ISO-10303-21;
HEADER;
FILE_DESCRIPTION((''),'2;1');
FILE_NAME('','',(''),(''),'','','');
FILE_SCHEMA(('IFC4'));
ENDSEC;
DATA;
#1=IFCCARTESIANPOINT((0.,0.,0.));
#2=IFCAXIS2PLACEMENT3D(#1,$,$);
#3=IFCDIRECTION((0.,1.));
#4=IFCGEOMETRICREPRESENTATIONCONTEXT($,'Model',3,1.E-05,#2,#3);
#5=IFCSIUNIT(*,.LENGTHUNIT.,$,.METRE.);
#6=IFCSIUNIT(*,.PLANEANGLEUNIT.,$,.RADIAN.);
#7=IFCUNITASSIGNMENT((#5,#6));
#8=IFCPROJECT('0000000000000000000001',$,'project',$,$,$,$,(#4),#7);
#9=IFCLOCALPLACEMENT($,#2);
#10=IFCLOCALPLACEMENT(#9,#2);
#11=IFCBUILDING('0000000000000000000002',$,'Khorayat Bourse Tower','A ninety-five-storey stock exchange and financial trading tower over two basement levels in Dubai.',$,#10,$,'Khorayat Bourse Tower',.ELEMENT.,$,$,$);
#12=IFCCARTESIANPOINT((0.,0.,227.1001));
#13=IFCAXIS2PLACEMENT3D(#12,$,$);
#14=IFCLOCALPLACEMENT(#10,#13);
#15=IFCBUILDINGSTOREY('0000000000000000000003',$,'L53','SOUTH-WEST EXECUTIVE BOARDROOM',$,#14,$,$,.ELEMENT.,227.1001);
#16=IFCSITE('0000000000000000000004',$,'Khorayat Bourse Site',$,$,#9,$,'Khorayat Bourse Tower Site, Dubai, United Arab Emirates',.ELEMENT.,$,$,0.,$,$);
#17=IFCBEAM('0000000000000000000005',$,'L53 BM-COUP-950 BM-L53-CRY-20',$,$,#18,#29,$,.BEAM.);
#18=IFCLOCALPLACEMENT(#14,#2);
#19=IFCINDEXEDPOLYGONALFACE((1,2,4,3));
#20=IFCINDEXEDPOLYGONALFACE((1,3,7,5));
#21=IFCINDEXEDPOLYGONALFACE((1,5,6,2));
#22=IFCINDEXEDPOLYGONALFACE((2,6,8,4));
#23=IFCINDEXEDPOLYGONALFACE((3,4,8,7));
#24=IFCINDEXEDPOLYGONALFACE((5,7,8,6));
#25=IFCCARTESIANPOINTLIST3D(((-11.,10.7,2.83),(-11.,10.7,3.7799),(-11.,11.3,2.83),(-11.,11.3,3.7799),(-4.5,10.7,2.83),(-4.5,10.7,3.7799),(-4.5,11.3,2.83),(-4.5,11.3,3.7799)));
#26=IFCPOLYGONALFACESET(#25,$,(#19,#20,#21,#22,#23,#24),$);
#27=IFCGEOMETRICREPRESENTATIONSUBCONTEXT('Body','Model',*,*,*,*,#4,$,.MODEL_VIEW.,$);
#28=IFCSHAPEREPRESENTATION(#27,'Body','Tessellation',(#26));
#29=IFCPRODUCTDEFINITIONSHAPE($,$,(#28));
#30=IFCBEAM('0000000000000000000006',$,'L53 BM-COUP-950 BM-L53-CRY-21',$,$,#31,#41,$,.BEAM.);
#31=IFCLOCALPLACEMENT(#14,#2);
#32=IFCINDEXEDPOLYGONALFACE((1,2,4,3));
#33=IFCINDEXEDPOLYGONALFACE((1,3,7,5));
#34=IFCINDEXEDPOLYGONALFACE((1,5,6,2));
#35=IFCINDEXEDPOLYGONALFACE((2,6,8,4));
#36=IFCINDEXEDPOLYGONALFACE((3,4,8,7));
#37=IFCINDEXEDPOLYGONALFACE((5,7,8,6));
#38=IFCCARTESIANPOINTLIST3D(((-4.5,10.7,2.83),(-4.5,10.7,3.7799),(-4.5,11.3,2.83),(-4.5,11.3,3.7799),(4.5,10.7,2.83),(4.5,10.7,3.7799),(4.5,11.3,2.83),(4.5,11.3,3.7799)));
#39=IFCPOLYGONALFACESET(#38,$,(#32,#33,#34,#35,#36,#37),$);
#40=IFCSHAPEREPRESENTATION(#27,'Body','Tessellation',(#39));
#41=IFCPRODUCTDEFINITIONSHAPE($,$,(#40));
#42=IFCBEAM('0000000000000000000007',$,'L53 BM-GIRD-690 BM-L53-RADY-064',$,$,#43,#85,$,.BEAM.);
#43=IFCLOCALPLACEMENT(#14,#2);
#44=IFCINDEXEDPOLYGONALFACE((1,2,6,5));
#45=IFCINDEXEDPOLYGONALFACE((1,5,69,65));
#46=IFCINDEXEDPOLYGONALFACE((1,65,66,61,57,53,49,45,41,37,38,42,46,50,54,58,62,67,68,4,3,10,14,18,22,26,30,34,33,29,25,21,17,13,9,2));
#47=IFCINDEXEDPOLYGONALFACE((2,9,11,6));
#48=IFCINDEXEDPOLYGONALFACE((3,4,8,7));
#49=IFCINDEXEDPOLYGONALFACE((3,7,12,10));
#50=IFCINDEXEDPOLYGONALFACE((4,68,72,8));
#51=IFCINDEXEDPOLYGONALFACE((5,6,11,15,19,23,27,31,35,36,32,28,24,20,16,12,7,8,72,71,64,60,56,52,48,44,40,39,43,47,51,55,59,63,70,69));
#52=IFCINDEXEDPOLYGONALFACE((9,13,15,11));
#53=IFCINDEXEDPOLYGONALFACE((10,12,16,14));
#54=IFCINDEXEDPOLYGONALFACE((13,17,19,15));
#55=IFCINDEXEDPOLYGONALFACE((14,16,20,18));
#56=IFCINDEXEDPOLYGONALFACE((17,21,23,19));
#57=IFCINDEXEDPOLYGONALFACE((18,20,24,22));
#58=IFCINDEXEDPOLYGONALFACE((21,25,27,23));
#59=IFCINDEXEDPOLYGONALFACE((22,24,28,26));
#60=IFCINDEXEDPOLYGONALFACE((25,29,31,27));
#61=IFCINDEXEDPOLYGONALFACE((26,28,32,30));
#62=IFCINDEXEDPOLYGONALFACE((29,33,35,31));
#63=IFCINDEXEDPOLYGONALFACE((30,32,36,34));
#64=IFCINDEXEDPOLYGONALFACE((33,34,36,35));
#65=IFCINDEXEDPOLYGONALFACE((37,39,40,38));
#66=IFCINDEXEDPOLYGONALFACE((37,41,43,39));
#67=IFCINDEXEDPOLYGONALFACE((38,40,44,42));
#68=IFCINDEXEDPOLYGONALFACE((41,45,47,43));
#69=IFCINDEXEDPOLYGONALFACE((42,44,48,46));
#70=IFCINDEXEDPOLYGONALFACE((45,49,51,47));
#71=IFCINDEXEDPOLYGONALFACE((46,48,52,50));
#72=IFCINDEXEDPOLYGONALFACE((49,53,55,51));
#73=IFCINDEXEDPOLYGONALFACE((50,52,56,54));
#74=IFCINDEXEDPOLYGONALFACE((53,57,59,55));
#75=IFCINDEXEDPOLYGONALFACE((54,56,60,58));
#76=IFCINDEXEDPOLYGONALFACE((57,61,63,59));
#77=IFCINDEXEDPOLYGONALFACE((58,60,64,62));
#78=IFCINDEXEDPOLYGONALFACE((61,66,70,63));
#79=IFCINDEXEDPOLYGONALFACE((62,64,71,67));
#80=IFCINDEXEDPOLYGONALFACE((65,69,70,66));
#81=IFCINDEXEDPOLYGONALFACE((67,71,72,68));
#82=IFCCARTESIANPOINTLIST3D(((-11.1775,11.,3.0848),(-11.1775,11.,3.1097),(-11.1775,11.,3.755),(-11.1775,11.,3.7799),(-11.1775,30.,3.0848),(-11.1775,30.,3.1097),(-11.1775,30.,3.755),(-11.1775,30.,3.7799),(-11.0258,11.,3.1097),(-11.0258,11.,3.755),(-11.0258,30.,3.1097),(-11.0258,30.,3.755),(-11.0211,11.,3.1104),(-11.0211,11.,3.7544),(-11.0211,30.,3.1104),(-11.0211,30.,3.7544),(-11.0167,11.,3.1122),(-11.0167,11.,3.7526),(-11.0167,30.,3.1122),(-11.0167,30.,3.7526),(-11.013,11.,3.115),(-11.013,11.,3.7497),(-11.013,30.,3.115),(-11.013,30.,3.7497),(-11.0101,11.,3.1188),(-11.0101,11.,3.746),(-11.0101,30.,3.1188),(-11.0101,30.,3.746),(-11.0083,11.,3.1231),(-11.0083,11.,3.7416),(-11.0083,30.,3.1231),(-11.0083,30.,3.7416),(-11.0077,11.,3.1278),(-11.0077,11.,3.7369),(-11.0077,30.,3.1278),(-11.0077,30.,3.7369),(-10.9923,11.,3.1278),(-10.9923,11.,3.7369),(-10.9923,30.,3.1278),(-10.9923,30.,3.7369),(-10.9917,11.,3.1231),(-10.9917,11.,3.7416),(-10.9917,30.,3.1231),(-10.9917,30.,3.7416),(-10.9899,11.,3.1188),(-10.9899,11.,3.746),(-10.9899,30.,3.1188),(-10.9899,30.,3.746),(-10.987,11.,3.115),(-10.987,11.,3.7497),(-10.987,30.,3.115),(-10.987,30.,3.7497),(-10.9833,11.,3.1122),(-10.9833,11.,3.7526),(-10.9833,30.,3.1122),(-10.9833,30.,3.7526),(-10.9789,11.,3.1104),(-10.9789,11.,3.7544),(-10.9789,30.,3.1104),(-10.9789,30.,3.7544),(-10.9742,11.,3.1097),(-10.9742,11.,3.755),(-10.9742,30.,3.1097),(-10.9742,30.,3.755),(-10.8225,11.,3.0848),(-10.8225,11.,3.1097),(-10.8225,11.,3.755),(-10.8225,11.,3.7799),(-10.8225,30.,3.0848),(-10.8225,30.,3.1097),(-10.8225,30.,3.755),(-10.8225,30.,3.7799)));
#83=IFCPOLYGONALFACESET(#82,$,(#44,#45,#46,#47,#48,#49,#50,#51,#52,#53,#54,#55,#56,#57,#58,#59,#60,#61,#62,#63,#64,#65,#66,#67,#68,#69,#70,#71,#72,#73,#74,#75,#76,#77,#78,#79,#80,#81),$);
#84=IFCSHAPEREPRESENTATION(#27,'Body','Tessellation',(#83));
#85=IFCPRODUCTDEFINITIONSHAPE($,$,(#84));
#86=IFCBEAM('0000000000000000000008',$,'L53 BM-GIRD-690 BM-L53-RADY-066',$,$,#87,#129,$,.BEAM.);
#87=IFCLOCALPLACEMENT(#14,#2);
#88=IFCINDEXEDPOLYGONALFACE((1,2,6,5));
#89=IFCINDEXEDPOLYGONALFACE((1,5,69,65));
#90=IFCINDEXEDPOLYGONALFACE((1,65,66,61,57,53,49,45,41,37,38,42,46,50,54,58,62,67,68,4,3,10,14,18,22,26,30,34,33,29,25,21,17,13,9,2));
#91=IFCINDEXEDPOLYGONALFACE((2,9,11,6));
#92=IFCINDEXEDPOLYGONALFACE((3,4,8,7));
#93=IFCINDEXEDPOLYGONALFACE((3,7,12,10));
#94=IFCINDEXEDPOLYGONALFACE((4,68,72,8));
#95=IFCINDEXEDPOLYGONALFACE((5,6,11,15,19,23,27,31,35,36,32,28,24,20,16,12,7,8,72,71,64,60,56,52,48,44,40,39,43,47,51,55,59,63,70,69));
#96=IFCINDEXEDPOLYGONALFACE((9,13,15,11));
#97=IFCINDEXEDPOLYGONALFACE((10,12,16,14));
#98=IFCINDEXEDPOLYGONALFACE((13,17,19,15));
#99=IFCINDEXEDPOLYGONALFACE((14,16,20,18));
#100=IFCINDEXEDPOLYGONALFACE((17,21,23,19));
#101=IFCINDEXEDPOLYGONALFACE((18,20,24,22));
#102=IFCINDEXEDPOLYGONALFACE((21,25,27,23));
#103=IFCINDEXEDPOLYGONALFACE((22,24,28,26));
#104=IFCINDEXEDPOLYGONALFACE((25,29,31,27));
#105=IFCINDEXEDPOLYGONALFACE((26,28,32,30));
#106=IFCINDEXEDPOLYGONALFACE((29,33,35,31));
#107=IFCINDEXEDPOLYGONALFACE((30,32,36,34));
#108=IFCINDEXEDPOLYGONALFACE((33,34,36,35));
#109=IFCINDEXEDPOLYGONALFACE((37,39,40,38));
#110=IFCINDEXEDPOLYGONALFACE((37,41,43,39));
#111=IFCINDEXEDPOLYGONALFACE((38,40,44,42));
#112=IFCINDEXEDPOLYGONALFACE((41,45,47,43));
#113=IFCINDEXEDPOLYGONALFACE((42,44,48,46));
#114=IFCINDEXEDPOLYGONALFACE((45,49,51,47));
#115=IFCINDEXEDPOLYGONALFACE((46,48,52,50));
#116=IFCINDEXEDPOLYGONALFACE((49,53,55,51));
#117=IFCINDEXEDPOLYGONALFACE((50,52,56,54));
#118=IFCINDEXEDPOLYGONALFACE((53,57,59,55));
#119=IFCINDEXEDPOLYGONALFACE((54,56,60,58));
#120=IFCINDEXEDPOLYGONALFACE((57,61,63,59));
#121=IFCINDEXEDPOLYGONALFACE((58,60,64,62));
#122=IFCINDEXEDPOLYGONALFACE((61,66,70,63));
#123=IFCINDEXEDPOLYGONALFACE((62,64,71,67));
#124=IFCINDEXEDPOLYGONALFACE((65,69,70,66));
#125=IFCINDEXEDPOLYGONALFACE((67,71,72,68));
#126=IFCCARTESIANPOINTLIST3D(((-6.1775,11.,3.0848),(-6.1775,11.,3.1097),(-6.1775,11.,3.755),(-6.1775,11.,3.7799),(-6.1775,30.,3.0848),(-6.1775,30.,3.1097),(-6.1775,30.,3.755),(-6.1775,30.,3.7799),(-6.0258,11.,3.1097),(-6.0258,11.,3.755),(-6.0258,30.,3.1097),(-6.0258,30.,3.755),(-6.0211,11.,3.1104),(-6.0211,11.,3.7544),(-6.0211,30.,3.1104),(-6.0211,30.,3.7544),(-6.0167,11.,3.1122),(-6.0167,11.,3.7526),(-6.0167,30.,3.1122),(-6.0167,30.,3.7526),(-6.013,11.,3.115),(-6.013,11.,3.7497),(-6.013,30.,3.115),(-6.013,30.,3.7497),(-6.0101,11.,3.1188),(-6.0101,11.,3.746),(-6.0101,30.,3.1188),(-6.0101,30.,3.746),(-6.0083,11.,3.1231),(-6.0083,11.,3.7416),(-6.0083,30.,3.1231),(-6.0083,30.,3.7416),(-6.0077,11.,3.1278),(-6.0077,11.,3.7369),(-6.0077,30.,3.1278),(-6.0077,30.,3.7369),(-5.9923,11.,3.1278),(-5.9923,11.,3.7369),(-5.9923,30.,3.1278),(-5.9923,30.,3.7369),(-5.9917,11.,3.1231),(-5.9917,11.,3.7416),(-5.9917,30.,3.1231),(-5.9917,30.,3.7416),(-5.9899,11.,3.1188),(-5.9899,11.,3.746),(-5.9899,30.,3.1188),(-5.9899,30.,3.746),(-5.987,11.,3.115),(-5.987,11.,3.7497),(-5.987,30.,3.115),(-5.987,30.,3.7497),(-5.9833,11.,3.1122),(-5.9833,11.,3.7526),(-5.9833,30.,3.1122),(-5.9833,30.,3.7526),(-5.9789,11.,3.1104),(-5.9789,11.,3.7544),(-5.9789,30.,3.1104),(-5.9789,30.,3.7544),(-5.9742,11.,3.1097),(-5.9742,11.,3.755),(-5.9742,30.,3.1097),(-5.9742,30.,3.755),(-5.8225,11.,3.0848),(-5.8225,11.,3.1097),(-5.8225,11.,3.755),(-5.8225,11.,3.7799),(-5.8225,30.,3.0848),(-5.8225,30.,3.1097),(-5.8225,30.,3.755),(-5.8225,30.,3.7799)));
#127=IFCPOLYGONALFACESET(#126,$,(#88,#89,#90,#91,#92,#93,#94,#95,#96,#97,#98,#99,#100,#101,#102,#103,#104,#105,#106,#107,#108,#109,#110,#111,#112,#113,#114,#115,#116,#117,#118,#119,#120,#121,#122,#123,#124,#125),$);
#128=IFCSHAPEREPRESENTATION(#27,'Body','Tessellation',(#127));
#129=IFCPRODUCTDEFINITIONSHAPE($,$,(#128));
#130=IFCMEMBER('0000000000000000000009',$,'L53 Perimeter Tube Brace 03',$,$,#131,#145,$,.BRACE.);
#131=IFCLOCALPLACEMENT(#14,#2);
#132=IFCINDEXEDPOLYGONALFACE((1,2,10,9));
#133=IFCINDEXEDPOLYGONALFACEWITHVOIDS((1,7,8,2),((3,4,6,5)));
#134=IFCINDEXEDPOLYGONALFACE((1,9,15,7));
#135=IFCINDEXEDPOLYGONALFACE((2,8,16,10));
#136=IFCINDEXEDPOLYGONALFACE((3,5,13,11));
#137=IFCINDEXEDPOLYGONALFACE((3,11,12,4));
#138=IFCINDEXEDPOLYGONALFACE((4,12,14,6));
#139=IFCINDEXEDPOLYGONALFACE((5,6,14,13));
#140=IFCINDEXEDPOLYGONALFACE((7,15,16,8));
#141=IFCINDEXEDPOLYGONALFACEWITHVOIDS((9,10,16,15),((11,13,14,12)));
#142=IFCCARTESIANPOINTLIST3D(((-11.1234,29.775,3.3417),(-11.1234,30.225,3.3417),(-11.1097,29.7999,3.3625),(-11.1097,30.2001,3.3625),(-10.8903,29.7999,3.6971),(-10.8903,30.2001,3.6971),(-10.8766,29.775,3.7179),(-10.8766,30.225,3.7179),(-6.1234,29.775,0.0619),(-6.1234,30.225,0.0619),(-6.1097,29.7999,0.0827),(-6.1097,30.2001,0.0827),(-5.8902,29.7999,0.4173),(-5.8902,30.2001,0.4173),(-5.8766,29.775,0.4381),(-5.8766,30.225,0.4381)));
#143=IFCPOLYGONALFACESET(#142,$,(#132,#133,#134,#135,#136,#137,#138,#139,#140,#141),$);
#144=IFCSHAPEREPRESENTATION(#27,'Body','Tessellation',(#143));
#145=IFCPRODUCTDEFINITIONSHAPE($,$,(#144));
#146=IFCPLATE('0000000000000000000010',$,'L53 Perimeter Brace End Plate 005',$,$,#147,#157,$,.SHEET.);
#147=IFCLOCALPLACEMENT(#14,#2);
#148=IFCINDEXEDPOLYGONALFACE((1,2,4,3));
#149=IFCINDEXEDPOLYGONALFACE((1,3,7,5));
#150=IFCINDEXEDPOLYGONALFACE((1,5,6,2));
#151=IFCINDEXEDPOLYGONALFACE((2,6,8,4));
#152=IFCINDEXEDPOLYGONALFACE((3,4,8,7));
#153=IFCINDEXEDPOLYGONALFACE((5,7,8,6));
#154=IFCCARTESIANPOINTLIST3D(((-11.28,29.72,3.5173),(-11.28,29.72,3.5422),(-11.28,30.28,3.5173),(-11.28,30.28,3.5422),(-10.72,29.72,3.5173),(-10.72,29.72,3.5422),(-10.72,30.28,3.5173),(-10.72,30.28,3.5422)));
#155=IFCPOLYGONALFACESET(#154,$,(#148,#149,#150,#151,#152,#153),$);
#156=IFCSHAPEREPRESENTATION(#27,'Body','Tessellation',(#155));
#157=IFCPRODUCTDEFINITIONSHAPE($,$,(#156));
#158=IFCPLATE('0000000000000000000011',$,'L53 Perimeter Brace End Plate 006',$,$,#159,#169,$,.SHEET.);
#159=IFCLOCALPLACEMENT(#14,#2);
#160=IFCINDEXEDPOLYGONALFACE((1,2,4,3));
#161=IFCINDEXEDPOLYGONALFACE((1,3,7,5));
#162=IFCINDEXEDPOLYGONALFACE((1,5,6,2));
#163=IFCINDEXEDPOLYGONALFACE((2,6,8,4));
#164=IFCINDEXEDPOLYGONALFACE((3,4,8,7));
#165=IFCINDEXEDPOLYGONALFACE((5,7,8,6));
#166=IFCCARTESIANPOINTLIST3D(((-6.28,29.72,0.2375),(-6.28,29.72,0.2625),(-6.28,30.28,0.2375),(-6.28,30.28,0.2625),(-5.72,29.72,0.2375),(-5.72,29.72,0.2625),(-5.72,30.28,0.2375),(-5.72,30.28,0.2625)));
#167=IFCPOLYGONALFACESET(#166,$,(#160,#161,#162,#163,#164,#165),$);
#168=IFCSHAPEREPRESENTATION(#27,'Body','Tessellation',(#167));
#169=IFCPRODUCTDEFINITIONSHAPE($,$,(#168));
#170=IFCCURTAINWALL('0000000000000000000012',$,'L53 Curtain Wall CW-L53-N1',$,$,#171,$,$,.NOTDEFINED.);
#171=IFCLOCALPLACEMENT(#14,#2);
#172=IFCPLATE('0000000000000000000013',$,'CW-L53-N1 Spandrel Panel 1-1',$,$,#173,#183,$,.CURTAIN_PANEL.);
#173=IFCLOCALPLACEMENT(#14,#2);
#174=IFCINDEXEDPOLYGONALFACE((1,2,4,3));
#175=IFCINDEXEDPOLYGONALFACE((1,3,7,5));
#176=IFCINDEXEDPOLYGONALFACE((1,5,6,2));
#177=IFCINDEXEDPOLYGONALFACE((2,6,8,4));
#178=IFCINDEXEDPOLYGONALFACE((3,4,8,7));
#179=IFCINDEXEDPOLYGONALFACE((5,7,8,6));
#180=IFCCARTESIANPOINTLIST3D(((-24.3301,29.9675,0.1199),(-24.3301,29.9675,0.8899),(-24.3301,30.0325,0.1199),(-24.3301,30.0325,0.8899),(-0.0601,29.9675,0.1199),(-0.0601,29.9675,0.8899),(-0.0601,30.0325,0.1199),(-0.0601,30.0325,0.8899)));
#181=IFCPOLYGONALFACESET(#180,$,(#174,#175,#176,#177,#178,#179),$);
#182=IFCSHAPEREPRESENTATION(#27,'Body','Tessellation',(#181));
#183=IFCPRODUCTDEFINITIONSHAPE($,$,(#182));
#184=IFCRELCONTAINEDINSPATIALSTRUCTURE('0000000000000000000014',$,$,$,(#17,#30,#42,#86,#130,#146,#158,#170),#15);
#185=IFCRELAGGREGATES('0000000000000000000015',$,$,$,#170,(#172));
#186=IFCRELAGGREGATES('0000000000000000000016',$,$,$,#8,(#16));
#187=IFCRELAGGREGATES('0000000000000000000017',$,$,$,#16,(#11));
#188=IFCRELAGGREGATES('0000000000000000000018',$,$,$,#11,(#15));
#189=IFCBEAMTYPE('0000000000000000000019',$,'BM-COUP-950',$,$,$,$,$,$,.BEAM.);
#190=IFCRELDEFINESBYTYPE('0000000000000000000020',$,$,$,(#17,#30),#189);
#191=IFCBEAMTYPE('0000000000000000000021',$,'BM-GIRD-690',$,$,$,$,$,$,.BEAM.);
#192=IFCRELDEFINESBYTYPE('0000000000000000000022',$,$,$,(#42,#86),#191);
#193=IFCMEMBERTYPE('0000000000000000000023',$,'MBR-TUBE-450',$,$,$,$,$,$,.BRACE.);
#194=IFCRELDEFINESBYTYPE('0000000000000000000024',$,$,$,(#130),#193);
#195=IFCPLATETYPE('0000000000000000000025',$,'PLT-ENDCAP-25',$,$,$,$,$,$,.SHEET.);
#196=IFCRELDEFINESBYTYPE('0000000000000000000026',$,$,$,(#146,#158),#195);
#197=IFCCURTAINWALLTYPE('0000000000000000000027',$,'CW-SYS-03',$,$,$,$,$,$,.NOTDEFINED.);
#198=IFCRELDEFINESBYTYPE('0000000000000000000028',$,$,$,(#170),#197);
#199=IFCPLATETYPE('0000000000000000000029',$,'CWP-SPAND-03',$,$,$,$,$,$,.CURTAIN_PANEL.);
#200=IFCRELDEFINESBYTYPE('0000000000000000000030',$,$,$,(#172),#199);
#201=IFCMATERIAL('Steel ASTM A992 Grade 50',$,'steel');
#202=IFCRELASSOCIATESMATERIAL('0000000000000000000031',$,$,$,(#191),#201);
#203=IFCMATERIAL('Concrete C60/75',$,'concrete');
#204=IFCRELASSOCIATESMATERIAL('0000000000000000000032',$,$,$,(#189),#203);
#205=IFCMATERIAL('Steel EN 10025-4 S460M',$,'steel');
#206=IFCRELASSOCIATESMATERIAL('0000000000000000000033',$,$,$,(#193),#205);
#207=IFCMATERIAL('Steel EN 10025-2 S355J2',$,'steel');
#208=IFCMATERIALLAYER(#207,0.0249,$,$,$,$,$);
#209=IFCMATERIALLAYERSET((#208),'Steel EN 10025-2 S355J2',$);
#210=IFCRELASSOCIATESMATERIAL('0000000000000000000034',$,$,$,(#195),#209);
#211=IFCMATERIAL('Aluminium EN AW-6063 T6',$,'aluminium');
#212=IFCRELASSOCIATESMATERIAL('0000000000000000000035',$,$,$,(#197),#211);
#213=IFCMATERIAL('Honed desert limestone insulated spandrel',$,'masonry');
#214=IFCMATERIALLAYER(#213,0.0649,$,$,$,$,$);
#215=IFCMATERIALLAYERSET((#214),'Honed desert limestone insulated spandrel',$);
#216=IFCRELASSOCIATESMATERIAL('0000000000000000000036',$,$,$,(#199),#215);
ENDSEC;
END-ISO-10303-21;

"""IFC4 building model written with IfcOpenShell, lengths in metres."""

from ifc_helpers import new_model, si_unit, direction, frame, origin, origin_2d, place, context, subcontext, project, spatial, rectangle, hollow_rectangle, i_section, extrude, source, transform, mapped, material, layer, layer_set, material_profile, profile_set, type_object, element, aggregate, save


model = new_model("IFC4")

# Units and contexts
model_context = context("Model", 3, precision=1e-05, world=origin(), true_north=direction((0.0, 1.0)))
body_context = subcontext(model_context, "Body", "Model", "MODEL_VIEW")
ifc_project = project(units=[si_unit("LENGTHUNIT", "METRE"), si_unit("PLANEANGLEUNIT", "RADIAN")], contexts=[model_context])

# Site, building, storey
site_placement = place(None, origin())
site = spatial("IfcSite", under=ifc_project, at=site_placement, Name="Khorayat Bourse Site", LongName="Khorayat Bourse Tower Site, Dubai, United Arab Emirates", CompositionType="ELEMENT", RefElevation=0.0)
building_placement = place(site_placement, origin())
building = spatial("IfcBuilding", under=site, at=building_placement, Name="Khorayat Bourse Tower", Description="A ninety-five-storey stock exchange and financial trading tower over two basement levels in Dubai.", LongName="Khorayat Bourse Tower", CompositionType="ELEMENT")
storey_placement = place(building_placement, frame((0.0, 0.0, 227.1001)))
storey = spatial("IfcBuildingStorey", under=building, at=storey_placement, Name="L53", Description="SOUTH-WEST EXECUTIVE BOARDROOM", CompositionType="ELEMENT", Elevation=227.1001)

# Shared definitions
ifc_material_1 = material(Name="Concrete C60/75", Category="concrete")
ifc_material_2 = material(Name="Steel EN 10025-4 S460M", Category="steel")

# Beams
ifc_material_3 = material(Name="Steel ASTM A992 Grade 50", Category="steel")
ifc_material_profile_1 = material_profile(ifc_material_3, i_section(OverallWidth=0.355, OverallDepth=0.6951, WebThickness=0.0154, FlangeThickness=0.0249, FilletRadius=0.0181, at=origin_2d()), Name="W690X217")
ifc_profile_set_1 = profile_set([ifc_material_profile_1], Name="Steel ASTM A992 Grade 50")
beam_type_1 = type_object("IfcBeamType", Name="BM-GIRD-690", PredefinedType="BEAM", material=ifc_profile_set_1)
ifc_material_profile_2 = material_profile(ifc_material_1, rectangle(XDim=0.6001, YDim=0.95, at=origin_2d()), Name="RC 600x950")
ifc_profile_set_2 = profile_set([ifc_material_profile_2], Name="Concrete C60/75")
beam_type_2 = type_object("IfcBeamType", Name="BM-COUP-950", PredefinedType="BEAM", material=ifc_profile_set_2)
shared_shape_1 = source(origin(), body_context, "Body", "SweptSolid", [
    extrude(rectangle(XDim=0.6001, YDim=0.95, at=origin_2d()), origin(), (0.0, 0.0, 1.0), 6.5),
])
beam_1_placement = place(storey_placement, frame((-11.0, 11.0, 3.3049), z_axis=(1.0, 0.0, 0.0), x_axis=(0.0, 1.0, 0.0)))
element("IfcBeam", 1, at=beam_1_placement, inside=storey, type_object=beam_type_2, Name="L53 BM-COUP-950 BM-L53-CRY-20", PredefinedType="BEAM", context=body_context, shape_type="MappedRepresentation", body=[
    mapped(shared_shape_1, transform((0.0, 0.0, 0.0), scale=1.0)),
])
shared_shape_2 = source(origin(), body_context, "Body", "SweptSolid", [
    extrude(rectangle(XDim=0.6001, YDim=0.95, at=origin_2d()), origin(), (0.0, 0.0, 1.0), 9.0),
])
beam_2_placement = place(storey_placement, frame((-4.5, 11.0, 3.3049), z_axis=(1.0, 0.0, 0.0), x_axis=(0.0, 1.0, 0.0)))
element("IfcBeam", 2, at=beam_2_placement, inside=storey, type_object=beam_type_2, Name="L53 BM-COUP-950 BM-L53-CRY-21", PredefinedType="BEAM", context=body_context, shape_type="MappedRepresentation", body=[
    mapped(shared_shape_2, transform((0.0, 0.0, 0.0), scale=1.0)),
])
shared_shape_3 = source(origin(), body_context, "Body", "SweptSolid", [
    extrude(i_section(OverallWidth=0.355, OverallDepth=0.6951, WebThickness=0.0154, FlangeThickness=0.0249, FilletRadius=0.0181, at=origin_2d()), origin(), (0.0, 0.0, 1.0), 19.0),
])
for number, where, z_axis, x_axis, name in (
    (3, (-11.0, 11.0, 3.4324), (0.0, 1.0, 0.0), (-1.0, 0.0, 0.0), "L53 BM-GIRD-690 BM-L53-RADY-064"),
    (4, (-6.0, 11.0, 3.4324), (0.0, 1.0, 0.0), (-1.0, 0.0, 0.0), "L53 BM-GIRD-690 BM-L53-RADY-066"),
):
    element("IfcBeam", number, at=place(storey_placement, frame(where, z_axis=z_axis, x_axis=x_axis)), inside=storey, type_object=beam_type_1, Name=name, PredefinedType="BEAM", context=body_context, shape_type="MappedRepresentation", body=[
        mapped(shared_shape_3, transform((0.0, 0.0, 0.0), scale=1.0)),
    ])

# Member
ifc_material_profile_3 = material_profile(ifc_material_2, hollow_rectangle(XDim=0.45, YDim=0.45, WallThickness=0.0249, at=origin_2d()), Name="HSS 450x450x25")
ifc_profile_set_3 = profile_set([ifc_material_profile_3], Name="Steel EN 10025-4 S460M")
member_type = type_object("IfcMemberType", Name="MBR-TUBE-450", PredefinedType="BRACE", material=ifc_profile_set_3)
shared_shape_4 = source(origin(), body_context, "Body", "SweptSolid", [
    extrude(hollow_rectangle(XDim=0.45, YDim=0.45, WallThickness=0.0249, at=origin_2d()), origin(), (0.0, 0.0, 1.0), 5.9797),
])
member_placement = place(storey_placement, frame((-11.0, 30.0, 3.5298), z_axis=(0.83616, 0.0, -0.548485), x_axis=(0.0, 1.0, 0.0)))
element("IfcMember", 5, at=member_placement, inside=storey, type_object=member_type, Name="L53 Perimeter Tube Brace 03", PredefinedType="BRACE", context=body_context, shape_type="MappedRepresentation", body=[
    mapped(shared_shape_4, transform((0.0, 0.0, 0.0), scale=1.0)),
])

# Plates
ifc_material_4 = material(Name="Steel EN 10025-2 S355J2", Category="steel")
ifc_layer_1 = layer(ifc_material_4, 0.0249)
ifc_layer_set_1 = layer_set([ifc_layer_1], Name="Steel EN 10025-2 S355J2")
plate_type_1 = type_object("IfcPlateType", Name="PLT-ENDCAP-25", PredefinedType="SHEET", material=ifc_layer_set_1)
shared_shape_5 = source(origin(), body_context, "Body", "SweptSolid", [
    extrude(rectangle(XDim=0.5601, YDim=0.5601, at=origin_2d()), origin(), (0.0, 0.0, 1.0), 0.0249),
])
for number, where, z_axis, x_axis, name in (
    (6, (-11.0, 30.0, 3.5173), (0.0, 0.0, 1.0), (1.0, 0.0, 0.0), "L53 Perimeter Brace End Plate 005"),
    (7, (-6.0, 30.0, 0.2375), (0.0, 0.0, 1.0), (1.0, 0.0, 0.0), "L53 Perimeter Brace End Plate 006"),
):
    element("IfcPlate", number, at=place(storey_placement, frame(where, z_axis=z_axis, x_axis=x_axis)), inside=storey, type_object=plate_type_1, Name=name, PredefinedType="SHEET", context=body_context, shape_type="MappedRepresentation", body=[
        mapped(shared_shape_5, transform((0.0, 0.0, 0.0), scale=1.0)),
    ])

# Curtain wall, plate
ifc_material_5 = material(Name="Aluminium EN AW-6063 T6", Category="aluminium")
curtain_wall_type = type_object("IfcCurtainWallType", Name="CW-SYS-03", PredefinedType="NOTDEFINED", material=ifc_material_5)
curtain_wall_placement = place(storey_placement, origin())
curtain_wall = element("IfcCurtainWall", 8, at=curtain_wall_placement, inside=storey, type_object=curtain_wall_type, Name="L53 Curtain Wall CW-L53-N1", PredefinedType="NOTDEFINED")
ifc_material_6 = material(Name="Honed desert limestone insulated spandrel", Category="masonry")
ifc_layer_2 = layer(ifc_material_6, 0.0649)
ifc_layer_set_2 = layer_set([ifc_layer_2], Name="Honed desert limestone insulated spandrel")
plate_type_2 = type_object("IfcPlateType", Name="CWP-SPAND-03", PredefinedType="CURTAIN_PANEL", material=ifc_layer_set_2)
shared_shape_6 = source(origin(), body_context, "Body", "SweptSolid", [
    extrude(rectangle(XDim=24.27, YDim=0.0649, at=origin_2d()), origin(), (0.0, 0.0, 1.0), 0.77),
])
plate_1_placement = place(storey_placement, frame((-12.1951, 30.0, 0.1199), z_axis=(0.0, 0.0, 1.0), x_axis=(1.0, 0.0, 0.0)))
plate_1 = element("IfcPlate", 9, at=plate_1_placement, type_object=plate_type_2, Name="CW-L53-N1 Spandrel Panel 1-1", PredefinedType="CURTAIN_PANEL", context=body_context, shape_type="MappedRepresentation", body=[
    mapped(shared_shape_6, transform((0.0, 0.0, 0.0), scale=1.0)),
])
aggregate(curtain_wall, [plate_1])

save(model, "model.ifc")
